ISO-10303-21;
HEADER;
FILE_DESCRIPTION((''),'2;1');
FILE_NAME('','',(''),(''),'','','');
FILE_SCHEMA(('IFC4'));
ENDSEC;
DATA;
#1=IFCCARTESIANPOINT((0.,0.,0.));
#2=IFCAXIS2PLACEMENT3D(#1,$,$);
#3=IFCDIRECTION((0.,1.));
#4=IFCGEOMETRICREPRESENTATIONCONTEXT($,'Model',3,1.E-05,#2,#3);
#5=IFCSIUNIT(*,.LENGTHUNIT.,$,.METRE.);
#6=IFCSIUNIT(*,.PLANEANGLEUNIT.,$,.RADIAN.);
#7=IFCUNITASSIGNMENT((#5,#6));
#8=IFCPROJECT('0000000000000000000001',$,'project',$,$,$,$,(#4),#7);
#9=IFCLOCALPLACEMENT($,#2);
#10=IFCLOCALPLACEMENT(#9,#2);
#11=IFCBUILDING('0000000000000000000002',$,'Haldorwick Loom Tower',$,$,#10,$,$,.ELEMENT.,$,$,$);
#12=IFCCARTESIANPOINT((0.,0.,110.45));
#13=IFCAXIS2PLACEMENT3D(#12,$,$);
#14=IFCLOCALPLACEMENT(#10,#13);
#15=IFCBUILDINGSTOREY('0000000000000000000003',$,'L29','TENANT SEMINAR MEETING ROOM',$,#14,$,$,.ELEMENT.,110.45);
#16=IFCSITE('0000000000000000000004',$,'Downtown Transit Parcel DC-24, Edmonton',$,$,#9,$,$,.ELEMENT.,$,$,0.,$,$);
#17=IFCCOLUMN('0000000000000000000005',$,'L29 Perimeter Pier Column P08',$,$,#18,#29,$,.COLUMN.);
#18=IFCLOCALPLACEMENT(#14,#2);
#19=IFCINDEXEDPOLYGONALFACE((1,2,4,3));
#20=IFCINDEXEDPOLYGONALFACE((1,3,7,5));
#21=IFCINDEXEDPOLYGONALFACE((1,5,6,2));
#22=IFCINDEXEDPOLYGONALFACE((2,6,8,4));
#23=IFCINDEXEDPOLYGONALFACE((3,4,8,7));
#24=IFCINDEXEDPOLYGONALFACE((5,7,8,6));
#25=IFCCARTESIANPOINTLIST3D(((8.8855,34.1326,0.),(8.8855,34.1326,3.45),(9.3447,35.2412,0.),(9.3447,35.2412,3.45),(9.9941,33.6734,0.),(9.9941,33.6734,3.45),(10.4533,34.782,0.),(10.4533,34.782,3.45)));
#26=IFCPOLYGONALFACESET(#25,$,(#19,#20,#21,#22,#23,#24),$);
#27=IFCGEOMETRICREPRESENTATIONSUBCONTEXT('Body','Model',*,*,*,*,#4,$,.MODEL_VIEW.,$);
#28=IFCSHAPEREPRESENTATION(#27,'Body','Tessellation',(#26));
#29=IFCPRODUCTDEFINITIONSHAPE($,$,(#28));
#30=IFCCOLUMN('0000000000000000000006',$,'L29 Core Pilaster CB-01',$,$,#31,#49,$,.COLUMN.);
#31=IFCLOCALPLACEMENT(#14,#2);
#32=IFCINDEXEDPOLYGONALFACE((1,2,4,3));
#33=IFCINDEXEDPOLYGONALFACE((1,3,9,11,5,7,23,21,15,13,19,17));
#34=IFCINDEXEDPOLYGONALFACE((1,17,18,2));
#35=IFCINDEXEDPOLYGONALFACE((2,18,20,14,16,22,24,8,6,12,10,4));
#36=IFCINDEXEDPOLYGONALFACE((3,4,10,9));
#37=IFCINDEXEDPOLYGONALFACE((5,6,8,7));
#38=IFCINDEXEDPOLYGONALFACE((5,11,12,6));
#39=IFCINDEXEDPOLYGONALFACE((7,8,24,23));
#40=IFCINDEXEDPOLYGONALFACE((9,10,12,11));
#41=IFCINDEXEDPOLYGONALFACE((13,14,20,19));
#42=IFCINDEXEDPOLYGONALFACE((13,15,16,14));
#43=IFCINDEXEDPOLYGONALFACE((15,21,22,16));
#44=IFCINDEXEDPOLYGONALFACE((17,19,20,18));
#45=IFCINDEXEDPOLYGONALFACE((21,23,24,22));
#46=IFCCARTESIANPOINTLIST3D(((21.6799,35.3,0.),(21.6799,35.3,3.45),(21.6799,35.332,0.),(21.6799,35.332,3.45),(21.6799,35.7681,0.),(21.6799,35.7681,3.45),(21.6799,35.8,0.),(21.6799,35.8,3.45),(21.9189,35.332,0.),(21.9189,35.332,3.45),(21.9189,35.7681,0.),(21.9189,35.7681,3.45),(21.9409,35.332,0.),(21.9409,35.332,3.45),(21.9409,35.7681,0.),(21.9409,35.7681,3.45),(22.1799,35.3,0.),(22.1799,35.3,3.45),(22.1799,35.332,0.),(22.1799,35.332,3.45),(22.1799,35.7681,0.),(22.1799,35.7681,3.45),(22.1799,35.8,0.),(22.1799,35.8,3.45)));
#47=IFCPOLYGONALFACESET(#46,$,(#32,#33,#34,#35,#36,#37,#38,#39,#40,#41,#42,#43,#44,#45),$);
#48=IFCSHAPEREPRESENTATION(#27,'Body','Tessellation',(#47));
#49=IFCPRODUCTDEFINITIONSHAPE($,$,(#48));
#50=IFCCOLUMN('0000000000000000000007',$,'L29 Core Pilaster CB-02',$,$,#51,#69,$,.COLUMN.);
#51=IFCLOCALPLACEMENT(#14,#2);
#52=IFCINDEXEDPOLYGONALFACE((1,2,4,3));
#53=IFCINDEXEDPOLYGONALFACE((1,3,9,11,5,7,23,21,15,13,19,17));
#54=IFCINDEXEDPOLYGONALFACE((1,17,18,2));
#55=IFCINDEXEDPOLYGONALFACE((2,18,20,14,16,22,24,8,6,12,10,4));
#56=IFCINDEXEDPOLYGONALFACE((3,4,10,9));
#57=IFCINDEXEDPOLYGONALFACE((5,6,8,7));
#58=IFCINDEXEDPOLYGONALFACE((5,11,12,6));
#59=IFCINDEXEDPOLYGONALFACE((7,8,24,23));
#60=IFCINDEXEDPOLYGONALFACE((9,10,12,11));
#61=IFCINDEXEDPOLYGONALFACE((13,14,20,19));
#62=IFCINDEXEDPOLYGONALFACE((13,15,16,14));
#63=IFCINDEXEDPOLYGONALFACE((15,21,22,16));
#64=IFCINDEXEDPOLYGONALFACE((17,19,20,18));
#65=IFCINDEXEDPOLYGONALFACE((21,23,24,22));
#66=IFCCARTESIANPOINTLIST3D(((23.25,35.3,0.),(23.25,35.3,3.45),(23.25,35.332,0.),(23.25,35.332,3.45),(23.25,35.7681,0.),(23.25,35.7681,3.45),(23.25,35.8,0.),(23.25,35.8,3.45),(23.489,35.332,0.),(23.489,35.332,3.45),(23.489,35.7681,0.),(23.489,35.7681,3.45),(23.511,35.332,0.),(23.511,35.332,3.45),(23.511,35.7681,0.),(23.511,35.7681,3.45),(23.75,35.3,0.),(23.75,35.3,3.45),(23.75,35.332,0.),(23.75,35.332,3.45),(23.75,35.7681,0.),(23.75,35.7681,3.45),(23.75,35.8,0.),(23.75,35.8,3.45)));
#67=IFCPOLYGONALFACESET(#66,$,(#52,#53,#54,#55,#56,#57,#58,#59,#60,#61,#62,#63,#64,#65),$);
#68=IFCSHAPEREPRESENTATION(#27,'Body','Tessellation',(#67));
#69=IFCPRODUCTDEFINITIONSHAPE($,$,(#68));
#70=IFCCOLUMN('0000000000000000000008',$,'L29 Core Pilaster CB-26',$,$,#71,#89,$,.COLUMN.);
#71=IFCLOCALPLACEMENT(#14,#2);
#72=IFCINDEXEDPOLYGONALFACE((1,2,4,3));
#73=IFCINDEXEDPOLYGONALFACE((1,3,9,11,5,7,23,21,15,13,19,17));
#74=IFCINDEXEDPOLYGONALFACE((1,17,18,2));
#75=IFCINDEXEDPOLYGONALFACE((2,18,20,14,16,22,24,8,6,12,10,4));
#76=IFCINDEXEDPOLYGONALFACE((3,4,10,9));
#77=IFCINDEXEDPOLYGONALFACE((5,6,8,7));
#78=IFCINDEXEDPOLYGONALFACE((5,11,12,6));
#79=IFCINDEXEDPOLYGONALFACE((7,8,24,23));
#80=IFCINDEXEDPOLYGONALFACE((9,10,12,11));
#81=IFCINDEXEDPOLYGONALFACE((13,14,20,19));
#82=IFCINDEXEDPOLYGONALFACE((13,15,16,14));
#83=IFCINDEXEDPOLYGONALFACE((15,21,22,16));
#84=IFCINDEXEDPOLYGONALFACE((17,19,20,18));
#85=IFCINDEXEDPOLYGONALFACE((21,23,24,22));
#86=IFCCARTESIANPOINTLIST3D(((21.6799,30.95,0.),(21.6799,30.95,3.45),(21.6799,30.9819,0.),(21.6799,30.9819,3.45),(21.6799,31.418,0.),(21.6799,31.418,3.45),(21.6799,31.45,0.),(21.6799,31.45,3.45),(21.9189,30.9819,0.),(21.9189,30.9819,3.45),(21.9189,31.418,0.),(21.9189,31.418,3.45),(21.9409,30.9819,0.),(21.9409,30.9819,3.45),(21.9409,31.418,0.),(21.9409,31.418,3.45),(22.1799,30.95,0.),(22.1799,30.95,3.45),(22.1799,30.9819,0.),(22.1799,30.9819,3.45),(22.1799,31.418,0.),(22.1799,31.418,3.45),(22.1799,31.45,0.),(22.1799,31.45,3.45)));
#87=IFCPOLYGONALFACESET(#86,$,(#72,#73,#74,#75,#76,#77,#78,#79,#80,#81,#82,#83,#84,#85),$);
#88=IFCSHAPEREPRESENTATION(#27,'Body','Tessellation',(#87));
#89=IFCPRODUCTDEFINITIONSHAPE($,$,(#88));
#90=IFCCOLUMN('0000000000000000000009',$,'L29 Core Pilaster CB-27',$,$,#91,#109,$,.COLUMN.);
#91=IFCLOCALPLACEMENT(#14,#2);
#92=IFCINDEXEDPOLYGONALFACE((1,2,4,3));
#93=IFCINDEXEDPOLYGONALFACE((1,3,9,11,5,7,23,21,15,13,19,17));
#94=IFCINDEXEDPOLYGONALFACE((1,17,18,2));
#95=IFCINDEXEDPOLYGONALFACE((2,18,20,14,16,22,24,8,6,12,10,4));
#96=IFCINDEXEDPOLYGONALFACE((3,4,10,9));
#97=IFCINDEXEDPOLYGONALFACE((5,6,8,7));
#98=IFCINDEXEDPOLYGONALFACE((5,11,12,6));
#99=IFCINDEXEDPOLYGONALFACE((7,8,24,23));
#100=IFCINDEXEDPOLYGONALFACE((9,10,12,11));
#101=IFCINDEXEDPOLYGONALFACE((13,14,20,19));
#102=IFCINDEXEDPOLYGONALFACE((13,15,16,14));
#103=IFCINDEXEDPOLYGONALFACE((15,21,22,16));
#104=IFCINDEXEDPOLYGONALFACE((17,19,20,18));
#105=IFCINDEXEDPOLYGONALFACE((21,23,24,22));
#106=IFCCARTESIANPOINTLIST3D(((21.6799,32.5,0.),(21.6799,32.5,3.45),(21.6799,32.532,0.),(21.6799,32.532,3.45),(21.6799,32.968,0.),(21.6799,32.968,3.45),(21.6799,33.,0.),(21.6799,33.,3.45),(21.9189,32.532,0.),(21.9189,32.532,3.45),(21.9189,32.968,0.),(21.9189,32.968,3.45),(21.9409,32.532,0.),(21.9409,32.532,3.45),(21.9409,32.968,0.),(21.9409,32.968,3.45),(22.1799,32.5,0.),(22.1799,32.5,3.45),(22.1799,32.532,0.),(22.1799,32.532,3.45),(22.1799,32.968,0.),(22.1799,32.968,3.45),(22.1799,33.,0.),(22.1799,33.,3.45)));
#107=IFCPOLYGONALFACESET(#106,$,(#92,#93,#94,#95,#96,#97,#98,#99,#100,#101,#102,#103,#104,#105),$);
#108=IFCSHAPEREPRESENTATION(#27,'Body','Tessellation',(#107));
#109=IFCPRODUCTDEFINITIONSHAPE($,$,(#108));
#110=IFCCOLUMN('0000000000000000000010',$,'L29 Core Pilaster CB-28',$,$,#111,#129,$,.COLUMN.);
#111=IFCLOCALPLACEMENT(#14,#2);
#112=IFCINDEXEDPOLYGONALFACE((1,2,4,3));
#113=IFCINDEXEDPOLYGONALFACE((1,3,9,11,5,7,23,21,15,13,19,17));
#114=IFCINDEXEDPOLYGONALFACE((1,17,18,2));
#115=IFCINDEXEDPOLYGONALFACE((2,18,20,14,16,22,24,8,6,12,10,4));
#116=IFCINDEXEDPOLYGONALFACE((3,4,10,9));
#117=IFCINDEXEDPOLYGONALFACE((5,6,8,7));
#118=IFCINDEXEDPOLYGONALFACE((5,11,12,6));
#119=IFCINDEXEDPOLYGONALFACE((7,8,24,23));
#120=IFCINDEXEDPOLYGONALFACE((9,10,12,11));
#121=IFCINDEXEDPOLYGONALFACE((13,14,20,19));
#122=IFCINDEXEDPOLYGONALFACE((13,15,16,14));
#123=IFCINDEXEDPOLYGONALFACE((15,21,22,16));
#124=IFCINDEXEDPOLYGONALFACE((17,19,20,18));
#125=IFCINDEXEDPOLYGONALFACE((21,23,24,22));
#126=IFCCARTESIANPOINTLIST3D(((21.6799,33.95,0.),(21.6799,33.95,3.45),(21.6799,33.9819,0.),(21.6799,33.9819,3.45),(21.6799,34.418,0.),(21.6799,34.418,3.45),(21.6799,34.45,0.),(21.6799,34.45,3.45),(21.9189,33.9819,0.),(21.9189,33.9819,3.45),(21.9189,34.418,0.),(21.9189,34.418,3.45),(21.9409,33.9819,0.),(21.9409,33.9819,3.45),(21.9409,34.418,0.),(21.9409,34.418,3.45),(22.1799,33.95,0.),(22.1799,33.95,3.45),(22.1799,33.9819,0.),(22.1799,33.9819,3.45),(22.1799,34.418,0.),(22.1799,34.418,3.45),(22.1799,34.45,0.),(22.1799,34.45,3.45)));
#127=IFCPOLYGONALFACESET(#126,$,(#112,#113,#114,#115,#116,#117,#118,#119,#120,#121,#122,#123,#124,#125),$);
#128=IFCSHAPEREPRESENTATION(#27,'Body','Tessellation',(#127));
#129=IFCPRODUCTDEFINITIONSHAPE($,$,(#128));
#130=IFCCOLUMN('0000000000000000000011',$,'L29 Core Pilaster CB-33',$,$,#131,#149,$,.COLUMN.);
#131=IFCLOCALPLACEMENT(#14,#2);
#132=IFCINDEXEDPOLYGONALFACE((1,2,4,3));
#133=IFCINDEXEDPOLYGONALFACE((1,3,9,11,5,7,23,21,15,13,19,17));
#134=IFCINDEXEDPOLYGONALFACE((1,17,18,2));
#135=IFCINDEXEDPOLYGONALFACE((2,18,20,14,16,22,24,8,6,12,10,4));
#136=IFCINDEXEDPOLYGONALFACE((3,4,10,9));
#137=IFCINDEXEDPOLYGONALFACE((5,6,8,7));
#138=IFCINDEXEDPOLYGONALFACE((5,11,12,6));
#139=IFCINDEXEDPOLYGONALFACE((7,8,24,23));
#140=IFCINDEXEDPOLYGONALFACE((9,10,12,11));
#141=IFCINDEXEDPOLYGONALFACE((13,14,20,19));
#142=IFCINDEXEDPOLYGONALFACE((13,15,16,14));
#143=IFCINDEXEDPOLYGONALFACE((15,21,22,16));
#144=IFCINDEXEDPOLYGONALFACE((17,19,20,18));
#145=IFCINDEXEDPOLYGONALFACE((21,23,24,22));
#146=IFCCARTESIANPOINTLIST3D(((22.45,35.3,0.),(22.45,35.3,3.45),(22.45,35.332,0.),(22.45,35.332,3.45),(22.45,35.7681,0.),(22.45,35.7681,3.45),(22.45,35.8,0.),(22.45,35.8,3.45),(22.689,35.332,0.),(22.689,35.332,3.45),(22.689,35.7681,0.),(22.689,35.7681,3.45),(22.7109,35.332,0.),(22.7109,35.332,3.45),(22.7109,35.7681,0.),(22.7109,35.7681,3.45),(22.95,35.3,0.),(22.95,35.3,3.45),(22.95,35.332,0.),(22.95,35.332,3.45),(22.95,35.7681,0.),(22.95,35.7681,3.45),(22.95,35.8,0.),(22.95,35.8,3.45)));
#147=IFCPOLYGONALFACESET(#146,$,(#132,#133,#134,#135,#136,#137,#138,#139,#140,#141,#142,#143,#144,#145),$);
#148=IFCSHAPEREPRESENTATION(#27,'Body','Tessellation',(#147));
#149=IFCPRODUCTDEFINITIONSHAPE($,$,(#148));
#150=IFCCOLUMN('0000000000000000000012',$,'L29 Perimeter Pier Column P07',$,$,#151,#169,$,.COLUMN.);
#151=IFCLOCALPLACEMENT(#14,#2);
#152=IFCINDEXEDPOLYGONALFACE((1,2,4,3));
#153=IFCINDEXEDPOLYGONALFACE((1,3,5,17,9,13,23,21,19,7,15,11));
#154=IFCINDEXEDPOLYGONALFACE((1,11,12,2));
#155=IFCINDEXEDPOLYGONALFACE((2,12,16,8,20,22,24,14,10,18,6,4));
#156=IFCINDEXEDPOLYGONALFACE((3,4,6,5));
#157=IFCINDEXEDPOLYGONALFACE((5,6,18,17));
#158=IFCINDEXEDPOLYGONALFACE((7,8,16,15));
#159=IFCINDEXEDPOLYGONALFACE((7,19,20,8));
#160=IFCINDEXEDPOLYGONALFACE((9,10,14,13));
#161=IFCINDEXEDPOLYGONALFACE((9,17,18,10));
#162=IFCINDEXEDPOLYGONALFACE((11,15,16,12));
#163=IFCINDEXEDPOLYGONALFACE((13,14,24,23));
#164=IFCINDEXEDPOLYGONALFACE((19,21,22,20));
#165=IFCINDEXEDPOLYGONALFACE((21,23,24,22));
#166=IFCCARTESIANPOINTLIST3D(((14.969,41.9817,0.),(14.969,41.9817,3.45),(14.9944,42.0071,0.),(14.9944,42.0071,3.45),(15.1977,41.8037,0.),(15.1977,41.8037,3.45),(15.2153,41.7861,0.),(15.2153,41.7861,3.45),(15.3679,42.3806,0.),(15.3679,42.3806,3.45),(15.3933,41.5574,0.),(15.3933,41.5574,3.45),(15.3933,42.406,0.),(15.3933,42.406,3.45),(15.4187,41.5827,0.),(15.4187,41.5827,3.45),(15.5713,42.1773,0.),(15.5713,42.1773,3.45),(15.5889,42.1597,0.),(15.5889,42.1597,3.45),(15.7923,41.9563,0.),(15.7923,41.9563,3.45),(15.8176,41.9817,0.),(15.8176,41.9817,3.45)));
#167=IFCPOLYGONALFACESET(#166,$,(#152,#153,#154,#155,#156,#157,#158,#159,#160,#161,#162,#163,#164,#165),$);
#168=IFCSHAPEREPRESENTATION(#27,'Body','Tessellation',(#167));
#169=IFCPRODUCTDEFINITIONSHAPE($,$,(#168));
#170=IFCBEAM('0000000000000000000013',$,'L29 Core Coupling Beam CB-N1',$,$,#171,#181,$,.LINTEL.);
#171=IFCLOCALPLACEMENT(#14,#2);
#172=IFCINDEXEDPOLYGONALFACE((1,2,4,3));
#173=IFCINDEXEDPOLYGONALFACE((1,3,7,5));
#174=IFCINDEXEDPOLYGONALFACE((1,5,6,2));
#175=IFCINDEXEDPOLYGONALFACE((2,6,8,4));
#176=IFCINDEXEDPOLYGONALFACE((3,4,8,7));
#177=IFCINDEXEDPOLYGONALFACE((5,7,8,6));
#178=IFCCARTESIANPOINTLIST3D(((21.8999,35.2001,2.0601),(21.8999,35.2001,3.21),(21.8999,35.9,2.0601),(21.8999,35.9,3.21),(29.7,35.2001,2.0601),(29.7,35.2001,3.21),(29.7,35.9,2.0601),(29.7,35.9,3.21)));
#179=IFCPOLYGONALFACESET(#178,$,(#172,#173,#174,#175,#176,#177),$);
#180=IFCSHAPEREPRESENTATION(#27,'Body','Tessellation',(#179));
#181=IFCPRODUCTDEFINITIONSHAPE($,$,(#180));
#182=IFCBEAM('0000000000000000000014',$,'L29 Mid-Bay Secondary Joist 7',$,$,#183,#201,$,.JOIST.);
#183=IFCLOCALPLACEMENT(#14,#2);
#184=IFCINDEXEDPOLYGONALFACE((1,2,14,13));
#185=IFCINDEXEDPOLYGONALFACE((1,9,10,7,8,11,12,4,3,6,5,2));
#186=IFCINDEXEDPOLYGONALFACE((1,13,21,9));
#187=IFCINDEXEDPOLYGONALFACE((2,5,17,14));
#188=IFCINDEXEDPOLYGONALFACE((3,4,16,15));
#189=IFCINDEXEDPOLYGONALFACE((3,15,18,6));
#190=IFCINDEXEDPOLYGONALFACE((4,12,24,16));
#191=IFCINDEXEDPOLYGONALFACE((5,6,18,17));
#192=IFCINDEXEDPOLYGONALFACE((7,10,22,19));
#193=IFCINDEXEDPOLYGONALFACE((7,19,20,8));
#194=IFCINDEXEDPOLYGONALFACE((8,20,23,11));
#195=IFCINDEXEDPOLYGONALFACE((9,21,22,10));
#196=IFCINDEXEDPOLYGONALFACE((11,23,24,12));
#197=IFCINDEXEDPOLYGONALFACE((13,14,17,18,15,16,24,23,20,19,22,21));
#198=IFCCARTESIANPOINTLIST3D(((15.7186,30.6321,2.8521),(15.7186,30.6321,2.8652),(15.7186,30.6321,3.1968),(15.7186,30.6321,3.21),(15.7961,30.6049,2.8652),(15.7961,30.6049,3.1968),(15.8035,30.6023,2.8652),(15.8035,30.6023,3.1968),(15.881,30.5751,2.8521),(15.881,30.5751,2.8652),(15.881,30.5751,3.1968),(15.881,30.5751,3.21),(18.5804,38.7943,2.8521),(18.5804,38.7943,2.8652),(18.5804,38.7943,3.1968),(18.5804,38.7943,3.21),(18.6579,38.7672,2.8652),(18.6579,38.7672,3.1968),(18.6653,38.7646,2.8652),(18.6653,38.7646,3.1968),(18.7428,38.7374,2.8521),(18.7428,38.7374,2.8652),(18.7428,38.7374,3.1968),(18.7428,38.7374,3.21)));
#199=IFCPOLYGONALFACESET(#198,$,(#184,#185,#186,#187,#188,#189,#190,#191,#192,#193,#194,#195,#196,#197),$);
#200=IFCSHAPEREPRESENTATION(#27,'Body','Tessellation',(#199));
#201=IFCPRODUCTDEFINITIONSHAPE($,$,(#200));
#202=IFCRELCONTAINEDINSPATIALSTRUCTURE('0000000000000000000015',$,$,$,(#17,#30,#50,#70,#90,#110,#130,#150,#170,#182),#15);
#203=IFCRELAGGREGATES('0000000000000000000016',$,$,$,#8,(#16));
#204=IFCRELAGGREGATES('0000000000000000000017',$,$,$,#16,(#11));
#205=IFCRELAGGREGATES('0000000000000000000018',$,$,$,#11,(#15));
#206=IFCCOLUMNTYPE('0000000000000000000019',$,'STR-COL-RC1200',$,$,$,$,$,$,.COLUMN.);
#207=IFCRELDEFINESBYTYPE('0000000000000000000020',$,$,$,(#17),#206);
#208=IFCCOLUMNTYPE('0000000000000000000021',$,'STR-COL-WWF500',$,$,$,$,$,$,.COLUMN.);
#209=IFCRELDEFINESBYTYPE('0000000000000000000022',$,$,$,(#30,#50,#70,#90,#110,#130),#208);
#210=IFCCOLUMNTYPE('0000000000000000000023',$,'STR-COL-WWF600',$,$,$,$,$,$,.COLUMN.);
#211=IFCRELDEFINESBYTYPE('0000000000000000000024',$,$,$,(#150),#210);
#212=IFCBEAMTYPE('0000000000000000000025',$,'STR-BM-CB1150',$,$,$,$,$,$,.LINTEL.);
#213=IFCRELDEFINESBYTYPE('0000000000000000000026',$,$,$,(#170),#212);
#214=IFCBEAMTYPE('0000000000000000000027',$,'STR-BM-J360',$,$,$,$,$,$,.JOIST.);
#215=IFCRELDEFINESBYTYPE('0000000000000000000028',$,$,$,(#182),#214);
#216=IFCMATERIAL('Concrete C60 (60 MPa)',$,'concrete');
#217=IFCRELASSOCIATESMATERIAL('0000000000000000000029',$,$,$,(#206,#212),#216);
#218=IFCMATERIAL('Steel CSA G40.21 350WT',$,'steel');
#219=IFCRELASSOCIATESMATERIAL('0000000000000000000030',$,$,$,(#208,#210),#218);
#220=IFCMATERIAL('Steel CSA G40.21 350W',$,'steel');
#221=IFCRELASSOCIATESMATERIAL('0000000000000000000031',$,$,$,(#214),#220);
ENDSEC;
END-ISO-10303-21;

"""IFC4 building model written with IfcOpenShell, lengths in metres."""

from ifc_helpers import new_model, si_unit, direction, frame, origin, origin_2d, place, context, subcontext, project, spatial, rectangle, i_section, extrude, material, material_profile, profile_set, type_object, element, save


model = new_model("IFC4")

# Units and contexts
model_context = context("Model", 3, precision=1e-05, world=origin(), true_north=direction((0.0, 1.0)))
body_context = subcontext(model_context, "Body", "Model", "MODEL_VIEW")
ifc_project = project(units=[si_unit("LENGTHUNIT", "METRE"), si_unit("PLANEANGLEUNIT", "RADIAN")], contexts=[model_context])

# Site, building, storey
site_placement = place(None, origin())
site = spatial("IfcSite", under=ifc_project, at=site_placement, Name="Downtown Transit Parcel DC-24, Edmonton", CompositionType="ELEMENT", RefElevation=0.0)
building_placement = place(site_placement, origin())
building = spatial("IfcBuilding", under=site, at=building_placement, Name="Haldorwick Loom Tower", CompositionType="ELEMENT")
storey_placement = place(building_placement, frame((0.0, 0.0, 110.45)))
storey = spatial("IfcBuildingStorey", under=building, at=storey_placement, Name="L29", Description="TENANT SEMINAR MEETING ROOM", CompositionType="ELEMENT", Elevation=110.45)

# Columns
ifc_material_1 = material(Name="Concrete C60 (60 MPa)", Category="concrete")
ifc_material_profile_1 = material_profile(ifc_material_1, rectangle(XDim=1.2, YDim=1.2, at=origin_2d()), Name="RC1200X1200", Category="concrete")
ifc_profile_set_1 = profile_set([ifc_material_profile_1], Name="Concrete C60 (60 MPa)")
column_type_1 = type_object("IfcColumnType", Name="STR-COL-RC1200", PredefinedType="COLUMN", material=ifc_profile_set_1)
column_1_placement = place(storey_placement, frame((9.6694, 34.4573, 0.0), z_axis=(0.0, 0.0, 1.0), x_axis=(-0.92388, 0.382683, 0.0)))
element("IfcColumn", 1, at=column_1_placement, inside=storey, type_object=column_type_1, Name="L29 Perimeter Pier Column P08", PredefinedType="COLUMN", context=body_context, shape_type="SweptSolid", body=[
    extrude(rectangle(XDim=1.2, YDim=1.2, at=origin_2d()), origin(), (0.0, 0.0, 1.0), 3.45),
])
ifc_material_2 = material(Name="Steel CSA G40.21 350WT", Category="steel")
ifc_material_profile_2 = material_profile(ifc_material_2, i_section(OverallWidth=0.5, OverallDepth=0.5, WebThickness=0.022, FlangeThickness=0.032, at=origin_2d()), Name="WWF500X500", Category="steel")
ifc_profile_set_2 = profile_set([ifc_material_profile_2], Name="Steel CSA G40.21 350WT")
column_type_2 = type_object("IfcColumnType", Name="STR-COL-WWF500", PredefinedType="COLUMN", material=ifc_profile_set_2)
for number, where, z_axis, x_axis, name in (
    (2, (21.9299, 35.55, 0.0), (0.0, 0.0, 1.0), (1.0, 0.0, 0.0), "L29 Core Pilaster CB-01"),
    (3, (23.5, 35.55, 0.0), (0.0, 0.0, 1.0), (1.0, 0.0, 0.0), "L29 Core Pilaster CB-02"),
    (4, (21.9299, 31.2, 0.0), (0.0, 0.0, 1.0), (1.0, 0.0, 0.0), "L29 Core Pilaster CB-26"),
    (5, (21.9299, 32.75, 0.0), (0.0, 0.0, 1.0), (1.0, 0.0, 0.0), "L29 Core Pilaster CB-27"),
    (6, (21.9299, 34.2, 0.0), (0.0, 0.0, 1.0), (1.0, 0.0, 0.0), "L29 Core Pilaster CB-28"),
    (7, (22.7, 35.55, 0.0), (0.0, 0.0, 1.0), (1.0, 0.0, 0.0), "L29 Core Pilaster CB-33"),
):
    element("IfcColumn", number, at=place(storey_placement, frame(where, z_axis=z_axis, x_axis=x_axis)), inside=storey, type_object=column_type_2, Name=name, PredefinedType="COLUMN", context=body_context, shape_type="SweptSolid", body=[
        extrude(i_section(OverallWidth=0.5, OverallDepth=0.5, WebThickness=0.022, FlangeThickness=0.032, at=origin_2d()), origin(), (0.0, 0.0, 1.0), 3.45),
    ])
ifc_material_profile_3 = material_profile(ifc_material_2, i_section(OverallWidth=0.6001, OverallDepth=0.6001, WebThickness=0.0249, FlangeThickness=0.0359, at=origin_2d()), Name="WWF600X600", Category="steel")
ifc_profile_set_3 = profile_set([ifc_material_profile_3], Name="Steel CSA G40.21 350WT")
column_type_3 = type_object("IfcColumnType", Name="STR-COL-WWF600", PredefinedType="COLUMN", material=ifc_profile_set_3)
column_2_placement = place(storey_placement, frame((15.3933, 41.9817, 0.0), z_axis=(0.0, 0.0, 1.0), x_axis=(-0.707107, 0.707107, 0.0)))
element("IfcColumn", 8, at=column_2_placement, inside=storey, type_object=column_type_3, Name="L29 Perimeter Pier Column P07", PredefinedType="COLUMN", context=body_context, shape_type="SweptSolid", body=[
    extrude(i_section(OverallWidth=0.6001, OverallDepth=0.6001, WebThickness=0.0249, FlangeThickness=0.0359, at=origin_2d()), origin(), (0.0, 0.0, 1.0), 3.45),
])

# Beams
ifc_material_profile_4 = material_profile(ifc_material_1, rectangle(XDim=0.7, YDim=1.1499, at=origin_2d()), Name="RC700X1150", Category="concrete")
ifc_profile_set_4 = profile_set([ifc_material_profile_4], Name="Concrete C60 (60 MPa)")
beam_type_1 = type_object("IfcBeamType", Name="STR-BM-CB1150", PredefinedType="LINTEL", material=ifc_profile_set_4)
beam_1_placement = place(storey_placement, frame((21.8999, 35.55, 2.635), z_axis=(1.0, 0.0, 0.0), x_axis=(0.0, 1.0, 0.0)))
element("IfcBeam", 9, at=beam_1_placement, inside=storey, type_object=beam_type_1, Name="L29 Core Coupling Beam CB-N1", PredefinedType="LINTEL", context=body_context, shape_type="SweptSolid", body=[
    extrude(rectangle(XDim=0.7, YDim=1.1499, at=origin_2d()), origin(), (0.0, 0.0, 1.0), 7.8),
])
ifc_material_3 = material(Name="Steel CSA G40.21 350W", Category="steel")
ifc_material_profile_5 = material_profile(ifc_material_3, i_section(OverallWidth=0.1721, OverallDepth=0.3579, WebThickness=0.0078, FlangeThickness=0.0132, at=origin_2d()), Name="W360X57", Category="steel")
ifc_profile_set_5 = profile_set([ifc_material_profile_5], Name="Steel CSA G40.21 350W")
beam_type_2 = type_object("IfcBeamType", Name="STR-BM-J360", PredefinedType="JOIST", material=ifc_profile_set_5)
beam_2_placement = place(storey_placement, frame((18.6616, 38.7659, 3.031), z_axis=(-0.330865, -0.943678, 0.0), x_axis=(0.943678, -0.330865, 0.0)))
element("IfcBeam", 10, at=beam_2_placement, inside=storey, type_object=beam_type_2, Name="L29 Mid-Bay Secondary Joist 7", PredefinedType="JOIST", context=body_context, shape_type="SweptSolid", body=[
    extrude(i_section(OverallWidth=0.1721, OverallDepth=0.3579, WebThickness=0.0078, FlangeThickness=0.0132, at=origin_2d()), origin(), (0.0, 0.0, 1.0), 8.6494),
])

save(model, "model.ifc")
